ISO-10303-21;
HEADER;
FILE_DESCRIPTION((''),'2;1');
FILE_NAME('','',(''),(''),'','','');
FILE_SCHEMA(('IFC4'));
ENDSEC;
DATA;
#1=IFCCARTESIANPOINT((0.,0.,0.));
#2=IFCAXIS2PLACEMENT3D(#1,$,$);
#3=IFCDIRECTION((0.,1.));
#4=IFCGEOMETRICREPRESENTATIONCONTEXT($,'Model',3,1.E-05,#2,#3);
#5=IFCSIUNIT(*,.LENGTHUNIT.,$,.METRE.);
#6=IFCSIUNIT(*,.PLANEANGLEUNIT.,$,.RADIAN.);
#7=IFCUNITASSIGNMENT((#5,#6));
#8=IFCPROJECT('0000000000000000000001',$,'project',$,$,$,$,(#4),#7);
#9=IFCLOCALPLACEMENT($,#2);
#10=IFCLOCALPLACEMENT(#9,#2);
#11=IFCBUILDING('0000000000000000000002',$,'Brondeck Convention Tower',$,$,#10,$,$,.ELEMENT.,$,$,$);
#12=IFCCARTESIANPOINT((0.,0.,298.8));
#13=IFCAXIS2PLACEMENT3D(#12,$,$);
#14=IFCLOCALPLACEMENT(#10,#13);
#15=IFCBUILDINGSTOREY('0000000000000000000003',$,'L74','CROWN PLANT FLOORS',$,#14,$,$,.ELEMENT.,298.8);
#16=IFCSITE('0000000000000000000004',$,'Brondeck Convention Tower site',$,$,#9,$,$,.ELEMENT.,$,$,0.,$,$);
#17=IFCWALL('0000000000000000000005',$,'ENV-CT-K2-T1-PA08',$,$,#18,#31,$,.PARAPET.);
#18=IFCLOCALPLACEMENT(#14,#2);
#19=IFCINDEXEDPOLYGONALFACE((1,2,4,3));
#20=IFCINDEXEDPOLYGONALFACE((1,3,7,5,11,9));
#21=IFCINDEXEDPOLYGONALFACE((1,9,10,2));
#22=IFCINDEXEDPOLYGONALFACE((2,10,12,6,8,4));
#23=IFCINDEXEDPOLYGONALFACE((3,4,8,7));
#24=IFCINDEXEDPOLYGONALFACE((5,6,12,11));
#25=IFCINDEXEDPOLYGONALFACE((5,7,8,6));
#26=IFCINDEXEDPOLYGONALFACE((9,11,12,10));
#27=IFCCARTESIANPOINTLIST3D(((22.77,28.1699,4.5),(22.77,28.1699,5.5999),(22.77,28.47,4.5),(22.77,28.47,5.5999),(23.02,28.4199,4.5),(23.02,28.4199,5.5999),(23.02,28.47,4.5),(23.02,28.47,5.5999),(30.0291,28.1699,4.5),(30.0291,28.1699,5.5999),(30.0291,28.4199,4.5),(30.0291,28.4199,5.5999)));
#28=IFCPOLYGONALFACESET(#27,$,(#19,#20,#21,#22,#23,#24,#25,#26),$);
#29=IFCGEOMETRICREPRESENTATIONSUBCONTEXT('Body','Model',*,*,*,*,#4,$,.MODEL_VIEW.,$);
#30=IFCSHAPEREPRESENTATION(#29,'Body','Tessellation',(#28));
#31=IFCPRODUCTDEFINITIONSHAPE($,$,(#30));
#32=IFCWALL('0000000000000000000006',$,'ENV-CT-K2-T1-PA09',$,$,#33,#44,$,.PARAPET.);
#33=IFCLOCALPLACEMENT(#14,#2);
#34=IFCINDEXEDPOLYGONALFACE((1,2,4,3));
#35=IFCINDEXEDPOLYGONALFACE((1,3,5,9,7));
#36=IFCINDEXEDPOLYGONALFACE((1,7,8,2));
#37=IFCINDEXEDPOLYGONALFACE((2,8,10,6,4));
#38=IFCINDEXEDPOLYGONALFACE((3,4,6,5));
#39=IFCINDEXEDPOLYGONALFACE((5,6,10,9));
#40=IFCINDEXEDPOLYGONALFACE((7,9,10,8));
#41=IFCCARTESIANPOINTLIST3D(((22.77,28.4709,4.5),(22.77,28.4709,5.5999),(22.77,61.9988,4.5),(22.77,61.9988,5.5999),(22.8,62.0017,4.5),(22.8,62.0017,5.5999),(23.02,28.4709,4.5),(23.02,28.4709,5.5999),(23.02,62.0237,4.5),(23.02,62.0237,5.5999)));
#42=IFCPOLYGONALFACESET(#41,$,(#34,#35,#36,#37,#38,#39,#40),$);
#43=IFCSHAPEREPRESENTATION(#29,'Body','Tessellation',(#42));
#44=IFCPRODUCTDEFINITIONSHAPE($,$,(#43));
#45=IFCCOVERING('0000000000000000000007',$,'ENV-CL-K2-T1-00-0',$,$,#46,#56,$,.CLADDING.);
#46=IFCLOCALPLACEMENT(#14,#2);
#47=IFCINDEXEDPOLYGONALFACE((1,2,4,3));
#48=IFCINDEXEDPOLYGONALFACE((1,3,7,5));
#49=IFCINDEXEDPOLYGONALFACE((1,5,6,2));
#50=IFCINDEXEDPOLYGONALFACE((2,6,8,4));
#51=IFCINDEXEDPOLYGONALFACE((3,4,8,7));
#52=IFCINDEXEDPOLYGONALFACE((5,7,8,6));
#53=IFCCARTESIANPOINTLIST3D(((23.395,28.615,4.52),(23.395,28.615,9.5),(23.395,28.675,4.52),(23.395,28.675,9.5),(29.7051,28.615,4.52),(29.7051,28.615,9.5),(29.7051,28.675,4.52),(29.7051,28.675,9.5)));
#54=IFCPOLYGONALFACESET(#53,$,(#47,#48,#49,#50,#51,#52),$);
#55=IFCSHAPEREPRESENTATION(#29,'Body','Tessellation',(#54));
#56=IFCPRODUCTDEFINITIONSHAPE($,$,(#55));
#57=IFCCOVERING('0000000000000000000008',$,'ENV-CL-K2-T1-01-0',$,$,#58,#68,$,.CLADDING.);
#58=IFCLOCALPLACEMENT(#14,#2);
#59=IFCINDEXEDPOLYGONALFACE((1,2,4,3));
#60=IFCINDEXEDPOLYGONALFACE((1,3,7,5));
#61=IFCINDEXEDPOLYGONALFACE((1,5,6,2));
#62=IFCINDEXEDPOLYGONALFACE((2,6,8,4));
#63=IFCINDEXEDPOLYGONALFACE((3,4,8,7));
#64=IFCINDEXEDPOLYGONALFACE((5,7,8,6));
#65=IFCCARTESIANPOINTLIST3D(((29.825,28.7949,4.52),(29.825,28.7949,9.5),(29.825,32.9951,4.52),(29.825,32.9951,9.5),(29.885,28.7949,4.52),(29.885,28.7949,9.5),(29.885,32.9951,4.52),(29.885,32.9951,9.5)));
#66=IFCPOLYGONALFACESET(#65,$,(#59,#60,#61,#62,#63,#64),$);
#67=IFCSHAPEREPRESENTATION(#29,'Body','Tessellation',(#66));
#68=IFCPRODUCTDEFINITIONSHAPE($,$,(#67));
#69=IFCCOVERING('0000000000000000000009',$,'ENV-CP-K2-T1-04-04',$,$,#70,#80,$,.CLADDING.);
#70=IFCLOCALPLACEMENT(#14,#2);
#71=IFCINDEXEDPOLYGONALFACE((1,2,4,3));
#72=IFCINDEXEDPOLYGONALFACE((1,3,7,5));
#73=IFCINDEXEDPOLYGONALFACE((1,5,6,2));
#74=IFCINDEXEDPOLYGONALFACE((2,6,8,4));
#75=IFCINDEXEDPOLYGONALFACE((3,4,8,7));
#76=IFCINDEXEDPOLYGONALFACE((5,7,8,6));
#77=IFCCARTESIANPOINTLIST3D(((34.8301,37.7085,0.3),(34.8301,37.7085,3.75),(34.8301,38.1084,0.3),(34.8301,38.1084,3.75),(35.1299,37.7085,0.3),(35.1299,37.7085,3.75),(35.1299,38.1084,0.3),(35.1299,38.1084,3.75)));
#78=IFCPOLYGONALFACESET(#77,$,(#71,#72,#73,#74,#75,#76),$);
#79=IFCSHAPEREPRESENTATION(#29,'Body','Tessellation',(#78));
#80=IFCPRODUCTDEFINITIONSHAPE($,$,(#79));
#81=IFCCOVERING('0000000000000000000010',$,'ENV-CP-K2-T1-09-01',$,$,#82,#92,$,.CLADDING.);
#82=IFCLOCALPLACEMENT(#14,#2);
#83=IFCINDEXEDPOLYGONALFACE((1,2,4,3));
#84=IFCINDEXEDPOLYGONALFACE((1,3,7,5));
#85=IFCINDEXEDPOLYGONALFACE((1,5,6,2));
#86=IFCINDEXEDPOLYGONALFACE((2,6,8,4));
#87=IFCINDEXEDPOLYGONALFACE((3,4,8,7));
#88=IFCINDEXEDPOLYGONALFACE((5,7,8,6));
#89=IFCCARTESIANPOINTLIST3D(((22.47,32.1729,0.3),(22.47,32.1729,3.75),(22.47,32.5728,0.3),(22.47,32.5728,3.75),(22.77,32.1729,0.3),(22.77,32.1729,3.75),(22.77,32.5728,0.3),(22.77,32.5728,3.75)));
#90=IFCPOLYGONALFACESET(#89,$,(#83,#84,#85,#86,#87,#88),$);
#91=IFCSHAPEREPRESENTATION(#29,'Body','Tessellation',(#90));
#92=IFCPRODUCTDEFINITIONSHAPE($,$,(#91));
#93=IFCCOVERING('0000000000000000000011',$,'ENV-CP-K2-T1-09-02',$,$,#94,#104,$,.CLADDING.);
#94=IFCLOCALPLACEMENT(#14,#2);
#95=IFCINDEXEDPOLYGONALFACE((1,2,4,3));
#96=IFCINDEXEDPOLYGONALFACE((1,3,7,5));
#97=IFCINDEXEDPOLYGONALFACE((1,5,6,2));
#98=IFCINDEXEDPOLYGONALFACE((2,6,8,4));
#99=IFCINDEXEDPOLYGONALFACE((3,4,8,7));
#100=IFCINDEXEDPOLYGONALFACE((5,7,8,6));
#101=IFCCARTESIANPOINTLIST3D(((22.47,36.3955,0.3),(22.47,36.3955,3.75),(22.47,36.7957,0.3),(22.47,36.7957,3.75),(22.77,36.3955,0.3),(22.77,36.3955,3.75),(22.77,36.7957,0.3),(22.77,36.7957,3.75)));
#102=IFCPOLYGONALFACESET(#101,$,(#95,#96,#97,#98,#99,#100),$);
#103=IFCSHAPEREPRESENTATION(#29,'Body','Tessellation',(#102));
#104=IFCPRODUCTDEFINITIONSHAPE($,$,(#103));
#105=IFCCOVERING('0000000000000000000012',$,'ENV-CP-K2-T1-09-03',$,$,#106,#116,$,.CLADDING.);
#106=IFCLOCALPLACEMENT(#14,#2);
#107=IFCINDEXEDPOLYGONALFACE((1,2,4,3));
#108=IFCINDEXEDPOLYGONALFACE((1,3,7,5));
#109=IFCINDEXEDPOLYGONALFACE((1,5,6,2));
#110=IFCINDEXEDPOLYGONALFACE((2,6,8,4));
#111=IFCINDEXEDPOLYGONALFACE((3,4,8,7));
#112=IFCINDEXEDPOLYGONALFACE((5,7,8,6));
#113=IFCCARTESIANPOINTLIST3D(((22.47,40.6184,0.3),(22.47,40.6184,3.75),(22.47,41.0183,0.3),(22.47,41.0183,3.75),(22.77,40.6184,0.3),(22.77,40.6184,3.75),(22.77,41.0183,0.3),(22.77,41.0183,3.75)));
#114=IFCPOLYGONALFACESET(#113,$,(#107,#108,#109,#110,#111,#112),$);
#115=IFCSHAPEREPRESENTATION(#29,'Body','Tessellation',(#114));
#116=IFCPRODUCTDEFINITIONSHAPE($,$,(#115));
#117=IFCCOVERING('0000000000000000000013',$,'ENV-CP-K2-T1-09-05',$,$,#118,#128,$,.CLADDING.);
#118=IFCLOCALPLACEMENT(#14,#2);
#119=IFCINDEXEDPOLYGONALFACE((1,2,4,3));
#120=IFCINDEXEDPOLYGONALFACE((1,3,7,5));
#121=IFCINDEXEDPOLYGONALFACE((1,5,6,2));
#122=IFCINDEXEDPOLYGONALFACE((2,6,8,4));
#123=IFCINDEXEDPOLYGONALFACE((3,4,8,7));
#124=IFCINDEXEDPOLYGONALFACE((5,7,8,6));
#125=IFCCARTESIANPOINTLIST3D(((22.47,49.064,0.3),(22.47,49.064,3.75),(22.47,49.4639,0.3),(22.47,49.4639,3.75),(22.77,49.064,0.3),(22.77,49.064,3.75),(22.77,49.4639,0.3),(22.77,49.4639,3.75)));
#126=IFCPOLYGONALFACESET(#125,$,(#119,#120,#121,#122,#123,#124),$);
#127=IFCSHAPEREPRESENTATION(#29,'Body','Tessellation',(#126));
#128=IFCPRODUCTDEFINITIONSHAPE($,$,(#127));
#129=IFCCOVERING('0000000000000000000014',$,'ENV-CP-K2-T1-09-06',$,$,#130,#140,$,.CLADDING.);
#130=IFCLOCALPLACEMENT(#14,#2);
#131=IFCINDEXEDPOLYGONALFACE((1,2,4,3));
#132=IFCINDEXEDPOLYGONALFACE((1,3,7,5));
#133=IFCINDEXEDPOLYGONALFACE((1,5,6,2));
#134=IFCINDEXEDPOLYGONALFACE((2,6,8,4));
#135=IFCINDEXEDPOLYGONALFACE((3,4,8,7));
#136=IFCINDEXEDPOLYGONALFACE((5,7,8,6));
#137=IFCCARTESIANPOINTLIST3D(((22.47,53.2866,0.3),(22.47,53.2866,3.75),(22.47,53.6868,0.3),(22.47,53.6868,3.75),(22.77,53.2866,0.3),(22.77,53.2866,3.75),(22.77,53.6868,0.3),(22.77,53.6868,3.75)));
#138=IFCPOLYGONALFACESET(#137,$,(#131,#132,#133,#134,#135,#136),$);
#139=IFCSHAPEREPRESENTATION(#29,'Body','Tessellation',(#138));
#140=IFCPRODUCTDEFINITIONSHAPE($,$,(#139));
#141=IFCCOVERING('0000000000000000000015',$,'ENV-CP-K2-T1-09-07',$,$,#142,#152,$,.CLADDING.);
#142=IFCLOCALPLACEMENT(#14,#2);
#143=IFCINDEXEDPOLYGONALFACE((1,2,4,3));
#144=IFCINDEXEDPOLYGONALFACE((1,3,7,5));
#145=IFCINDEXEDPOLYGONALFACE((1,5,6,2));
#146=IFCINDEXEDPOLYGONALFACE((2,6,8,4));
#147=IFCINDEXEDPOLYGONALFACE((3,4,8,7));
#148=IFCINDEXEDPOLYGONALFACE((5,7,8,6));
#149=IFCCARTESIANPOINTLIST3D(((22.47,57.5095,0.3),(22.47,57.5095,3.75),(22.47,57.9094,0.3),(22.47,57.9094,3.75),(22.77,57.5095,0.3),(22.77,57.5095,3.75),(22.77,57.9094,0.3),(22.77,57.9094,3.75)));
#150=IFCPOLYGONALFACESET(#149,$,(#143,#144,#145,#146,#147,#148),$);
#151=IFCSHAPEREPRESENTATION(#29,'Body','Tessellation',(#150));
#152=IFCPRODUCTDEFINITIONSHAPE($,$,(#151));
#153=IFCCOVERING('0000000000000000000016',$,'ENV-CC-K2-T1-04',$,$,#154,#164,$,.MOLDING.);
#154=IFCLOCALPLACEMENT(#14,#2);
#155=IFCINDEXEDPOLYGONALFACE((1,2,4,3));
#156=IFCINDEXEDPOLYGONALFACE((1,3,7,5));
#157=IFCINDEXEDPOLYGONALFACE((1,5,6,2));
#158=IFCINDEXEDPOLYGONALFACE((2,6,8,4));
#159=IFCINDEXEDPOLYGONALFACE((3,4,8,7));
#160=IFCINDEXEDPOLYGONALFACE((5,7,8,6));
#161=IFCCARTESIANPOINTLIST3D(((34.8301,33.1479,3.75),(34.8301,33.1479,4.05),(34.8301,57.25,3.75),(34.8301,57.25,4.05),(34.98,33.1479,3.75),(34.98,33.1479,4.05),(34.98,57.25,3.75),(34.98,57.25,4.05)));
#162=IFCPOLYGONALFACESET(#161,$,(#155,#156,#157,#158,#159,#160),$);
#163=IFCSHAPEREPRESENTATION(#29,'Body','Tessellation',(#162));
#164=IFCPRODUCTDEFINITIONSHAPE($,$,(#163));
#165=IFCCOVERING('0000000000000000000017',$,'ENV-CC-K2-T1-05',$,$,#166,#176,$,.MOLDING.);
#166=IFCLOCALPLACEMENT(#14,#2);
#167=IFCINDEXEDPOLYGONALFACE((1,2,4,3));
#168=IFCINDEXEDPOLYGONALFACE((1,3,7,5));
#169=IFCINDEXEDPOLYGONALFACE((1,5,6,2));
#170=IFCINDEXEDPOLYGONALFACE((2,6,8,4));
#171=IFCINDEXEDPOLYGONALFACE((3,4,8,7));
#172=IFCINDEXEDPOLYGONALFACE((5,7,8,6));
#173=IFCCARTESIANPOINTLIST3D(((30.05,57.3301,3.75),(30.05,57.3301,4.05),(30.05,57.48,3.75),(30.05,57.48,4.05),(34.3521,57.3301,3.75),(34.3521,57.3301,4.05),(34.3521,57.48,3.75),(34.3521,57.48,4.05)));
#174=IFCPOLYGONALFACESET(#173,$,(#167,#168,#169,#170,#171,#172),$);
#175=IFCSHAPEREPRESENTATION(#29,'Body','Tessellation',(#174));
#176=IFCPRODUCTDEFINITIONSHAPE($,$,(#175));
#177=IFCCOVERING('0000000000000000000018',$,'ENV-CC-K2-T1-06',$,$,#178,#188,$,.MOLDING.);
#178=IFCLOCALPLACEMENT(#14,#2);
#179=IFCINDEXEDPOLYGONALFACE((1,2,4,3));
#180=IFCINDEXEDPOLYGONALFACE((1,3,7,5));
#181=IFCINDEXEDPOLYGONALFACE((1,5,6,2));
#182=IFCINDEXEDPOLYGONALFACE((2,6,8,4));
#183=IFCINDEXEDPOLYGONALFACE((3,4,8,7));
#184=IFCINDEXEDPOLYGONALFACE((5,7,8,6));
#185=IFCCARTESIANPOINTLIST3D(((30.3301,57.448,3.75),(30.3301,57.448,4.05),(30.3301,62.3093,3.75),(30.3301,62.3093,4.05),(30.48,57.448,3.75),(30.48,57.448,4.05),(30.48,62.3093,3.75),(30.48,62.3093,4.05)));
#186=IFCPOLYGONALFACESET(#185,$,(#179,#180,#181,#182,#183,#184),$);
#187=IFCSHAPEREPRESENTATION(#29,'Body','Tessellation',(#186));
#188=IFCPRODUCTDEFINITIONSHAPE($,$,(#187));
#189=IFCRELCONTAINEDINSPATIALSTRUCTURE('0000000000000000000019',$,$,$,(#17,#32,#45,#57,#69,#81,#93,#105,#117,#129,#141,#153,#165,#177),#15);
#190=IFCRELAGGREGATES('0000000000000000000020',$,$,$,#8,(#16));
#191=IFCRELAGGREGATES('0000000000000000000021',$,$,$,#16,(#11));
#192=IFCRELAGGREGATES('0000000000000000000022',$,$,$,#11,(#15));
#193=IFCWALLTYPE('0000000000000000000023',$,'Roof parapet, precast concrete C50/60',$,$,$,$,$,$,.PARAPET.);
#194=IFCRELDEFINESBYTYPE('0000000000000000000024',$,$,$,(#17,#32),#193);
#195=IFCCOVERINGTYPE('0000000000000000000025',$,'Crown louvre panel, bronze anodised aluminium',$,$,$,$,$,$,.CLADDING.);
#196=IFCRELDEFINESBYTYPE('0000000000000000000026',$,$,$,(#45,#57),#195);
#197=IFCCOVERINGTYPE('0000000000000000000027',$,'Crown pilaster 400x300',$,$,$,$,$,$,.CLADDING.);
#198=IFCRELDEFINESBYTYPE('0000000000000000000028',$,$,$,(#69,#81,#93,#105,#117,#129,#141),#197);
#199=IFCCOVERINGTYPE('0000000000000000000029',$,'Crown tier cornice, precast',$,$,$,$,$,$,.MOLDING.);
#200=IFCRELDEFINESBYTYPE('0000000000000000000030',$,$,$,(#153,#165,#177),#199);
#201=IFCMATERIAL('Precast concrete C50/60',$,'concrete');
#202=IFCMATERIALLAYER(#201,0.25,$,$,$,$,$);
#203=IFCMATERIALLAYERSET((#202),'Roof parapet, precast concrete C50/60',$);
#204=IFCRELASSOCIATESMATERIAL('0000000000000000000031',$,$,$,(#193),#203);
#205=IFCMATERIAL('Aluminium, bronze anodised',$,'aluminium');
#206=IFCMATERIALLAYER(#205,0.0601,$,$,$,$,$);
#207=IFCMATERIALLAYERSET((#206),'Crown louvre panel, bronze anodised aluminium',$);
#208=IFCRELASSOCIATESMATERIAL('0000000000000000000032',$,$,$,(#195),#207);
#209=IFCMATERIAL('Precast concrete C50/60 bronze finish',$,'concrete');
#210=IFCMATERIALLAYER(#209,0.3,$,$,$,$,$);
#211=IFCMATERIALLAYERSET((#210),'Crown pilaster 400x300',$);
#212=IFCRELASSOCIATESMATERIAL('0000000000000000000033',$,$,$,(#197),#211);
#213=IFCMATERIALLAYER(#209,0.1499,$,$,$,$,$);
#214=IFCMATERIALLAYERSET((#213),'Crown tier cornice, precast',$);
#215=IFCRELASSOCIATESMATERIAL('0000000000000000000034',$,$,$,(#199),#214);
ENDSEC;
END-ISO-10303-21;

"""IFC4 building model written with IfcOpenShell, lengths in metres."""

from ifc_helpers import new_model, si_unit, direction, frame, origin, place, context, subcontext, project, spatial, polyline, outline, extrude, material, layer, layer_set, type_object, element, save


model = new_model("IFC4")

# Units and contexts
model_context = context("Model", 3, precision=1e-05, world=origin(), true_north=direction((0.0, 1.0)))
body_context = subcontext(model_context, "Body", "Model", "MODEL_VIEW")
ifc_project = project(units=[si_unit("LENGTHUNIT", "METRE"), si_unit("PLANEANGLEUNIT", "RADIAN")], contexts=[model_context])

# Site, building, storey
site_placement = place(None, origin())
site = spatial("IfcSite", under=ifc_project, at=site_placement, Name="Brondeck Convention Tower site", CompositionType="ELEMENT", RefElevation=0.0)
building_placement = place(site_placement, origin())
building = spatial("IfcBuilding", under=site, at=building_placement, Name="Brondeck Convention Tower", CompositionType="ELEMENT")
storey_placement = place(building_placement, frame((0.0, 0.0, 298.8)))
storey = spatial("IfcBuildingStorey", under=building, at=storey_placement, Name="L74", Description="CROWN PLANT FLOORS", CompositionType="ELEMENT", Elevation=298.8)

# Shared definitions
ifc_material_1 = material(Name="Precast concrete C50/60", Category="concrete")

# Walls
ifc_layer_1 = layer(ifc_material_1, 0.25)
ifc_layer_set_1 = layer_set([ifc_layer_1], Name="Roof parapet, precast concrete C50/60")
wall_type = type_object("IfcWallType", Name="Roof parapet, precast concrete C50/60", PredefinedType="PARAPET", material=ifc_layer_set_1)
wall_1_placement = place(storey_placement, frame((0.0, 0.0, 4.5)))
element("IfcWall", 1, at=wall_1_placement, inside=storey, type_object=wall_type, Name="ENV-CT-K2-T1-PA08", PredefinedType="PARAPET", context=body_context, shape_type="SweptSolid", body=[
    extrude(outline(polyline([(23.02, 28.4199), (23.02, 28.47), (22.77, 28.47), (22.77, 28.1699), (30.0291, 28.1699), (30.0291, 28.1699), (30.0291, 28.4199), (23.02, 28.4199)])), origin(), (0.0, 0.0, 1.0), 1.0999),
])
wall_2_placement = place(storey_placement, frame((0.0, 0.0, 4.5)))
element("IfcWall", 2, at=wall_2_placement, inside=storey, type_object=wall_type, Name="ENV-CT-K2-T1-PA09", PredefinedType="PARAPET", context=body_context, shape_type="SweptSolid", body=[
    extrude(outline(polyline([(23.02, 28.4709), (23.02, 62.0237), (22.8, 62.0017), (22.77, 61.9988), (22.77, 61.9988), (22.77, 61.9988), (22.77, 28.4709), (23.02, 28.4709)])), origin(), (0.0, 0.0, 1.0), 1.0999),
])

# Coverings
ifc_material_2 = material(Name="Aluminium, bronze anodised", Category="aluminium")
ifc_layer_2 = layer(ifc_material_2, 0.0601)
ifc_layer_set_2 = layer_set([ifc_layer_2], Name="Crown louvre panel, bronze anodised aluminium")
covering_type_1 = type_object("IfcCoveringType", Name="Crown louvre panel, bronze anodised aluminium", PredefinedType="CLADDING", material=ifc_layer_set_2)
covering_1_placement = place(storey_placement, frame((0.0, 0.0, 4.52)))
element("IfcCovering", 3, at=covering_1_placement, inside=storey, type_object=covering_type_1, Name="ENV-CL-K2-T1-00-0", PredefinedType="CLADDING", context=body_context, shape_type="SweptSolid", body=[
    extrude(outline(polyline([(29.7051, 28.675), (23.395, 28.675), (23.395, 28.615), (29.7051, 28.615), (29.7051, 28.675)])), origin(), (0.0, 0.0, 1.0), 4.98),
])
covering_2_placement = place(storey_placement, frame((0.0, 0.0, 4.52)))
element("IfcCovering", 4, at=covering_2_placement, inside=storey, type_object=covering_type_1, Name="ENV-CL-K2-T1-01-0", PredefinedType="CLADDING", context=body_context, shape_type="SweptSolid", body=[
    extrude(outline(polyline([(29.825, 32.9951), (29.825, 28.7949), (29.885, 28.7949), (29.885, 32.9951), (29.825, 32.9951)])), origin(), (0.0, 0.0, 1.0), 4.98),
])
ifc_material_3 = material(Name="Precast concrete C50/60 bronze finish", Category="concrete")
ifc_layer_3 = layer(ifc_material_3, 0.3)
ifc_layer_set_3 = layer_set([ifc_layer_3], Name="Crown pilaster 400x300")
covering_type_2 = type_object("IfcCoveringType", Name="Crown pilaster 400x300", PredefinedType="CLADDING", material=ifc_layer_set_3)
covering_3_placement = place(storey_placement, frame((0.0, 0.0, 0.3)))
element("IfcCovering", 5, at=covering_3_placement, inside=storey, type_object=covering_type_2, Name="ENV-CP-K2-T1-04-04", PredefinedType="CLADDING", context=body_context, shape_type="SweptSolid", body=[
    extrude(outline(polyline([(35.1299, 37.7085), (35.1299, 38.1084), (34.8301, 38.1084), (34.8301, 37.7085), (35.1299, 37.7085)])), origin(), (0.0, 0.0, 1.0), 3.45),
])
covering_4_placement = place(storey_placement, frame((0.0, 0.0, 0.3)))
element("IfcCovering", 6, at=covering_4_placement, inside=storey, type_object=covering_type_2, Name="ENV-CP-K2-T1-09-01", PredefinedType="CLADDING", context=body_context, shape_type="SweptSolid", body=[
    extrude(outline(polyline([(22.47, 32.5728), (22.47, 32.1729), (22.77, 32.1729), (22.77, 32.5728), (22.47, 32.5728)])), origin(), (0.0, 0.0, 1.0), 3.45),
])
covering_5_placement = place(storey_placement, frame((0.0, 0.0, 0.3)))
element("IfcCovering", 7, at=covering_5_placement, inside=storey, type_object=covering_type_2, Name="ENV-CP-K2-T1-09-02", PredefinedType="CLADDING", context=body_context, shape_type="SweptSolid", body=[
    extrude(outline(polyline([(22.47, 36.7957), (22.47, 36.3955), (22.77, 36.3955), (22.77, 36.7957), (22.47, 36.7957)])), origin(), (0.0, 0.0, 1.0), 3.45),
])
covering_6_placement = place(storey_placement, frame((0.0, 0.0, 0.3)))
element("IfcCovering", 8, at=covering_6_placement, inside=storey, type_object=covering_type_2, Name="ENV-CP-K2-T1-09-03", PredefinedType="CLADDING", context=body_context, shape_type="SweptSolid", body=[
    extrude(outline(polyline([(22.47, 41.0183), (22.47, 40.6184), (22.77, 40.6184), (22.77, 41.0183), (22.47, 41.0183)])), origin(), (0.0, 0.0, 1.0), 3.45),
])
covering_7_placement = place(storey_placement, frame((0.0, 0.0, 0.3)))
element("IfcCovering", 9, at=covering_7_placement, inside=storey, type_object=covering_type_2, Name="ENV-CP-K2-T1-09-05", PredefinedType="CLADDING", context=body_context, shape_type="SweptSolid", body=[
    extrude(outline(polyline([(22.47, 49.4639), (22.47, 49.064), (22.77, 49.064), (22.77, 49.4639), (22.47, 49.4639)])), origin(), (0.0, 0.0, 1.0), 3.45),
])
covering_8_placement = place(storey_placement, frame((0.0, 0.0, 0.3)))
element("IfcCovering", 10, at=covering_8_placement, inside=storey, type_object=covering_type_2, Name="ENV-CP-K2-T1-09-06", PredefinedType="CLADDING", context=body_context, shape_type="SweptSolid", body=[
    extrude(outline(polyline([(22.47, 53.6868), (22.47, 53.2866), (22.77, 53.2866), (22.77, 53.6868), (22.47, 53.6868)])), origin(), (0.0, 0.0, 1.0), 3.45),
])
covering_9_placement = place(storey_placement, frame((0.0, 0.0, 0.3)))
element("IfcCovering", 11, at=covering_9_placement, inside=storey, type_object=covering_type_2, Name="ENV-CP-K2-T1-09-07", PredefinedType="CLADDING", context=body_context, shape_type="SweptSolid", body=[
    extrude(outline(polyline([(22.47, 57.9094), (22.47, 57.5095), (22.77, 57.5095), (22.77, 57.9094), (22.47, 57.9094)])), origin(), (0.0, 0.0, 1.0), 3.45),
])
ifc_layer_4 = layer(ifc_material_3, 0.1499)
ifc_layer_set_4 = layer_set([ifc_layer_4], Name="Crown tier cornice, precast")
covering_type_3 = type_object("IfcCoveringType", Name="Crown tier cornice, precast", PredefinedType="MOLDING", material=ifc_layer_set_4)
covering_10_placement = place(storey_placement, frame((0.0, 0.0, 3.75)))
element("IfcCovering", 12, at=covering_10_placement, inside=storey, type_object=covering_type_3, Name="ENV-CC-K2-T1-04", PredefinedType="MOLDING", context=body_context, shape_type="SweptSolid", body=[
    extrude(outline(polyline([(34.98, 33.1479), (34.98, 57.25), (34.8301, 57.25), (34.8301, 33.1479), (34.98, 33.1479)])), origin(), (0.0, 0.0, 1.0), 0.3),
])
covering_11_placement = place(storey_placement, frame((0.0, 0.0, 3.75)))
element("IfcCovering", 13, at=covering_11_placement, inside=storey, type_object=covering_type_3, Name="ENV-CC-K2-T1-05", PredefinedType="MOLDING", context=body_context, shape_type="SweptSolid", body=[
    extrude(outline(polyline([(34.3521, 57.48), (30.05, 57.48), (30.05, 57.3301), (34.3521, 57.3301), (34.3521, 57.48)])), origin(), (0.0, 0.0, 1.0), 0.3),
])
covering_12_placement = place(storey_placement, frame((0.0, 0.0, 3.75)))
element("IfcCovering", 14, at=covering_12_placement, inside=storey, type_object=covering_type_3, Name="ENV-CC-K2-T1-06", PredefinedType="MOLDING", context=body_context, shape_type="SweptSolid", body=[
    extrude(outline(polyline([(30.48, 57.448), (30.48, 62.3093), (30.3301, 62.3093), (30.3301, 57.448), (30.48, 57.448)])), origin(), (0.0, 0.0, 1.0), 0.3),
])

save(model, "model.ifc")
